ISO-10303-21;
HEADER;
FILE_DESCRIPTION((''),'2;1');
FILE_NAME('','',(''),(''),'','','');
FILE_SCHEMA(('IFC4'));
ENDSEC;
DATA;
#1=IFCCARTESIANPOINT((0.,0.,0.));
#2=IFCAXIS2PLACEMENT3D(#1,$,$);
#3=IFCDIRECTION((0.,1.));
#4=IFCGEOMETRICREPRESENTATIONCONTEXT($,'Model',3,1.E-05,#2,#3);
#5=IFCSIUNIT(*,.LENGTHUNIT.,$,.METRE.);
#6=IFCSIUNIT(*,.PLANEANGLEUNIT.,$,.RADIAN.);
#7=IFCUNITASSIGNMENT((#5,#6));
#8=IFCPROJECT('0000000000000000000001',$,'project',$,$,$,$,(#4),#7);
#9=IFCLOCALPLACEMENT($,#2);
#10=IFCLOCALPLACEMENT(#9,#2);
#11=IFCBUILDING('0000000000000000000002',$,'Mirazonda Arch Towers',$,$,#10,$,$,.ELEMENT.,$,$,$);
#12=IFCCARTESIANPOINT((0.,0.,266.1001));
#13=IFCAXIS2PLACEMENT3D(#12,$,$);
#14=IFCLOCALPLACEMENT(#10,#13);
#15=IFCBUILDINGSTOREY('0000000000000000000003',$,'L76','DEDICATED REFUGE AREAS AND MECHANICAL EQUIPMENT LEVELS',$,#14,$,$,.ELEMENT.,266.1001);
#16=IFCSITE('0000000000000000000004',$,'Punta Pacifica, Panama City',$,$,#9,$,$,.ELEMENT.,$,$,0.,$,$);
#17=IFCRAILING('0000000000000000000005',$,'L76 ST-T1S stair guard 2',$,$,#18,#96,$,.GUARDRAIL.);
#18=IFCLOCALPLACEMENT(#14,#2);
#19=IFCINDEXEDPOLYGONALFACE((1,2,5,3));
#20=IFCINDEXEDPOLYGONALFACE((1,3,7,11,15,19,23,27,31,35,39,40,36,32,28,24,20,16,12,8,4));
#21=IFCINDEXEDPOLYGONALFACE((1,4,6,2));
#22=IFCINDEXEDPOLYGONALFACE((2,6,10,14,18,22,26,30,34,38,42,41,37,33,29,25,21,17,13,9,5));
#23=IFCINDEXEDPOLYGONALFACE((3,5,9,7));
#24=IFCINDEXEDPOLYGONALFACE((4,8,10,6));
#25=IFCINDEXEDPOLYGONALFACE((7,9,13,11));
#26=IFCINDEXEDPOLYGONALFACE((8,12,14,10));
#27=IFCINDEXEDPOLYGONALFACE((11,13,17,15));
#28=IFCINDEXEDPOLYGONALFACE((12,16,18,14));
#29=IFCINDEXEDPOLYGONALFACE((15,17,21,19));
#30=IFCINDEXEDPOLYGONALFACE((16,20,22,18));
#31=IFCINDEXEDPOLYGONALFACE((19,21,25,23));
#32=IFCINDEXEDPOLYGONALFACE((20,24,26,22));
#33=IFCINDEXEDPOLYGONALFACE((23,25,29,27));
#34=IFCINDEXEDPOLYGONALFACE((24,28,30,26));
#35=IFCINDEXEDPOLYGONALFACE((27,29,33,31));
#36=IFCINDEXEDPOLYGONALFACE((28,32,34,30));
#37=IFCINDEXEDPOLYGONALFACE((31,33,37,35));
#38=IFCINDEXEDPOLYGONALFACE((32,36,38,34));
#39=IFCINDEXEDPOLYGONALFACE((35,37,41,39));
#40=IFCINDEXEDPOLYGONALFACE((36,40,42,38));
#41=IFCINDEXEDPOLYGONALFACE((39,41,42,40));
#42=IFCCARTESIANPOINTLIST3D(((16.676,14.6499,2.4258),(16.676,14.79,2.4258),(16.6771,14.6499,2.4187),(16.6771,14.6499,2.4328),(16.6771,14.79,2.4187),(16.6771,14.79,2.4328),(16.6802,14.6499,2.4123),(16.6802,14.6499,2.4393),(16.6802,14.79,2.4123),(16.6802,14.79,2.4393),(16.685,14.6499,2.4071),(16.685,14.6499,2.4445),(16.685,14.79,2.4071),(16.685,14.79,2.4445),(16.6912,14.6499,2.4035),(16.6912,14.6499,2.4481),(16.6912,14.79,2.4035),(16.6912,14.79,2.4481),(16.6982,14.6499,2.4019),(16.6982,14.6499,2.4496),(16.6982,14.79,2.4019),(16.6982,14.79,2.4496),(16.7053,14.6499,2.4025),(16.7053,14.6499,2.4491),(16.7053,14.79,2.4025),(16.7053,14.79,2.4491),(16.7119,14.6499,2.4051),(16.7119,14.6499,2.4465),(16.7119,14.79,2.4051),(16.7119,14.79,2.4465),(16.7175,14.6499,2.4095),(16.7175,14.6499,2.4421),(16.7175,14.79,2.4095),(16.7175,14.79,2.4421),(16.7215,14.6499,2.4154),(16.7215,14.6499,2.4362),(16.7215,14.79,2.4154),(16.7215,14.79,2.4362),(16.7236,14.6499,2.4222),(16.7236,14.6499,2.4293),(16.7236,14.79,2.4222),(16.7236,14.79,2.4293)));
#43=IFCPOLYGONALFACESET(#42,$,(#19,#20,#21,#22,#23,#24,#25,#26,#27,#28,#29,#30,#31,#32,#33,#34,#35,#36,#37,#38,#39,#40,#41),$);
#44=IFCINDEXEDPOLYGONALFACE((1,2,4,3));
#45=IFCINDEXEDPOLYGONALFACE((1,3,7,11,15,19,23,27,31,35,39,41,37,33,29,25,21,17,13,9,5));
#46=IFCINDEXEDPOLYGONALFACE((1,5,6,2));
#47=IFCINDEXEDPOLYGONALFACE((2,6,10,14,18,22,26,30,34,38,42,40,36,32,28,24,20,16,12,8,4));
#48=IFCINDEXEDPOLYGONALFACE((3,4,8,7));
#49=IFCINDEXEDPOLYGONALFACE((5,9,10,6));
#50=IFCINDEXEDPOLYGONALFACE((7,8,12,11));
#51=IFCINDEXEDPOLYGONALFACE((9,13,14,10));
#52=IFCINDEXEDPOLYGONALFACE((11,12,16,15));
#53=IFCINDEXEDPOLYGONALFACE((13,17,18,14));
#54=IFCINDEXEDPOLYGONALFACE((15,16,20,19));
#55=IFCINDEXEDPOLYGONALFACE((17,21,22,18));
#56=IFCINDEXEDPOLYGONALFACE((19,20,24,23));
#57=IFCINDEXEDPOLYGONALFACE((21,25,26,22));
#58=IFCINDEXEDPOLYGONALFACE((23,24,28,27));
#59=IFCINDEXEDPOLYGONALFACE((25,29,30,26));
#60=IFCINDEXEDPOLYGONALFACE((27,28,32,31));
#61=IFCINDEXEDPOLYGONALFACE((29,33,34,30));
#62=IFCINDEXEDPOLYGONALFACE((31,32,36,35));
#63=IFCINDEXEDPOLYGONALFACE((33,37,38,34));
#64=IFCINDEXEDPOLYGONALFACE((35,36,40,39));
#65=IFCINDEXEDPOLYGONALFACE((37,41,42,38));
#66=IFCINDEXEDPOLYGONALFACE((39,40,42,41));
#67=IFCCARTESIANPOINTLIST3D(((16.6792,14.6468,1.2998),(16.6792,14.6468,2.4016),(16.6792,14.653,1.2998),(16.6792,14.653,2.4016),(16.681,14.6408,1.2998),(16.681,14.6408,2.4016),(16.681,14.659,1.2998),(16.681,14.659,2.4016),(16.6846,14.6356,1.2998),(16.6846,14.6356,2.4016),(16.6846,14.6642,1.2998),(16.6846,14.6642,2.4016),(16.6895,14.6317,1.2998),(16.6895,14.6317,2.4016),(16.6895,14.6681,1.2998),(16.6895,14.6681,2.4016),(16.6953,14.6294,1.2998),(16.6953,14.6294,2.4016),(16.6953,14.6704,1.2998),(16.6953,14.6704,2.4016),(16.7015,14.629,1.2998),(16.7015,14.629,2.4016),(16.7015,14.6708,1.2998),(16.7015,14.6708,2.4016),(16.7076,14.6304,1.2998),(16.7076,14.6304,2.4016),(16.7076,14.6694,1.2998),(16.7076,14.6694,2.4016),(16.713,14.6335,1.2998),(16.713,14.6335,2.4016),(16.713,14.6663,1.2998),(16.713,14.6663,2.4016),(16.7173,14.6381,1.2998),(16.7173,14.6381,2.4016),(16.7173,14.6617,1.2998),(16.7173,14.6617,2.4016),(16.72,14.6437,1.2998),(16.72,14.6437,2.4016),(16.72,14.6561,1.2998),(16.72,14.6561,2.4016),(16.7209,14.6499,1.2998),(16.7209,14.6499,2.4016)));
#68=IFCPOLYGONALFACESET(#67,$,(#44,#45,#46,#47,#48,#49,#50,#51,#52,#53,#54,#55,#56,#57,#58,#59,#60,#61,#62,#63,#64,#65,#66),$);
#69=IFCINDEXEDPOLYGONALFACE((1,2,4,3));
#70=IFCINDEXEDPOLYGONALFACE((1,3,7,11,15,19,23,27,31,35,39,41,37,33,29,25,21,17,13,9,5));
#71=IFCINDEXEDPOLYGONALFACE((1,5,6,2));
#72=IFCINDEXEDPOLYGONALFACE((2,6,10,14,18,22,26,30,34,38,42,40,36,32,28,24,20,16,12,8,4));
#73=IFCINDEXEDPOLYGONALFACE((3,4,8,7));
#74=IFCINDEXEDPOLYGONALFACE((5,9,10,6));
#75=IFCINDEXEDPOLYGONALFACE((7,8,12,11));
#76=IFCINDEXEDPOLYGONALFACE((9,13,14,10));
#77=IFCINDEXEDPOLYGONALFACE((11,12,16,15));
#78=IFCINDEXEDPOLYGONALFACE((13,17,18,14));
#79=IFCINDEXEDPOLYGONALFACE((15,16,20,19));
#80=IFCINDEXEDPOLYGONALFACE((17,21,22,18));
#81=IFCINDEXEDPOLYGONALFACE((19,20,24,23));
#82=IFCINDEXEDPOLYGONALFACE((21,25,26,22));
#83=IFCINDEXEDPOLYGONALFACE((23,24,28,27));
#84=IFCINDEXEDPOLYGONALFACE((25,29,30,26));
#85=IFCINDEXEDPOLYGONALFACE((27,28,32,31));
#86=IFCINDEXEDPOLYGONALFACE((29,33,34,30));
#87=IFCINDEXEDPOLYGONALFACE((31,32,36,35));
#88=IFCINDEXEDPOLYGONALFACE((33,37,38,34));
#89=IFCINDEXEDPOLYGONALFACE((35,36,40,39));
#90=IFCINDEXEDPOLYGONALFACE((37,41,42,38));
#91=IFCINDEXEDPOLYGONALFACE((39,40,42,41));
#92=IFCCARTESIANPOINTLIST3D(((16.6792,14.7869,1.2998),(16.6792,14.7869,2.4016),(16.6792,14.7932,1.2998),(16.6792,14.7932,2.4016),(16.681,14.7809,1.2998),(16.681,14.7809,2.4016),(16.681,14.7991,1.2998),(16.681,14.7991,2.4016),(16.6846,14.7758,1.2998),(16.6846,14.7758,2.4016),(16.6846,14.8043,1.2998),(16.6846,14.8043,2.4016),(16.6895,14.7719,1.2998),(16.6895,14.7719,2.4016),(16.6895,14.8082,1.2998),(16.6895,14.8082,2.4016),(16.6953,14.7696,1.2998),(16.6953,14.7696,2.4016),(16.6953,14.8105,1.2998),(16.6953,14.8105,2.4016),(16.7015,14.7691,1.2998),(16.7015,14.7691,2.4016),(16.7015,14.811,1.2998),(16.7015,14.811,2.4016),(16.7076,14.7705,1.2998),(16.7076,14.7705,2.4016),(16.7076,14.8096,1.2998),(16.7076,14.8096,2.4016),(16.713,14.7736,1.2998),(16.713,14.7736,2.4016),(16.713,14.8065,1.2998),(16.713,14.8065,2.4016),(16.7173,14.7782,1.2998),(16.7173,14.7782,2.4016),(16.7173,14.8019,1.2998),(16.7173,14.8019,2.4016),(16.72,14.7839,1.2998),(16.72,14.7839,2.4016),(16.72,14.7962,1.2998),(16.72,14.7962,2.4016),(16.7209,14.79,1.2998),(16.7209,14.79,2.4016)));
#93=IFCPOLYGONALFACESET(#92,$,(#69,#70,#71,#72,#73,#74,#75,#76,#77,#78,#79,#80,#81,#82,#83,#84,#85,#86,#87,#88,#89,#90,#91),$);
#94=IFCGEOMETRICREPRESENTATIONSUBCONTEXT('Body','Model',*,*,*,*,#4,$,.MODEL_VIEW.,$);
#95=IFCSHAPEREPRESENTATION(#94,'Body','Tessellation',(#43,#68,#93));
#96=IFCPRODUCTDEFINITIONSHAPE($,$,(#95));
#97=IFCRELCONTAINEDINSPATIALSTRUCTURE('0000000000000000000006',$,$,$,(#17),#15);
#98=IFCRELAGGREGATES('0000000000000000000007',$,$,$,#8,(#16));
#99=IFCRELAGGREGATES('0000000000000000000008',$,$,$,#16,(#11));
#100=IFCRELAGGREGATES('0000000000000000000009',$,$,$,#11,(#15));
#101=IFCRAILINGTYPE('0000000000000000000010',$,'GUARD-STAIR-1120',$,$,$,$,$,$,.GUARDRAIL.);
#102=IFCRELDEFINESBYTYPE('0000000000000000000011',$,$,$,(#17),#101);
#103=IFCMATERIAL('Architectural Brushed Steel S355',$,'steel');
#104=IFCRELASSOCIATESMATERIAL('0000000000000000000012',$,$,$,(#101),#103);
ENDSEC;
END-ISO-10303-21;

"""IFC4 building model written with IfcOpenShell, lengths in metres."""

from ifc_helpers import new_model, si_unit, direction, frame, origin, origin_2d, place, context, subcontext, project, spatial, circle, extrude, material, type_object, element, save


model = new_model("IFC4")

# Units and contexts
model_context = context("Model", 3, precision=1e-05, world=origin(), true_north=direction((0.0, 1.0)))
body_context = subcontext(model_context, "Body", "Model", "MODEL_VIEW")
ifc_project = project(units=[si_unit("LENGTHUNIT", "METRE"), si_unit("PLANEANGLEUNIT", "RADIAN")], contexts=[model_context])

# Site, building, storey
site_placement = place(None, origin())
site = spatial("IfcSite", under=ifc_project, at=site_placement, Name="Punta Pacifica, Panama City", CompositionType="ELEMENT", RefElevation=0.0)
building_placement = place(site_placement, origin())
building = spatial("IfcBuilding", under=site, at=building_placement, Name="Mirazonda Arch Towers", CompositionType="ELEMENT")
storey_placement = place(building_placement, frame((0.0, 0.0, 266.1001)))
storey = spatial("IfcBuildingStorey", under=building, at=storey_placement, Name="L76", Description="DEDICATED REFUGE AREAS AND MECHANICAL EQUIPMENT LEVELS", CompositionType="ELEMENT", Elevation=266.1001)

# Shared definitions
ifc_material_1 = material(Name="Architectural Brushed Steel S355", Category="steel")

# Railing
railing_type_1 = type_object("IfcRailingType", Name="GUARD-STAIR-1120", PredefinedType="GUARDRAIL", material=ifc_material_1)
railing_1_placement = place(storey_placement, frame((16.7, 14.6499, 1.2998)))
element("IfcRailing", 1, at=railing_1_placement, inside=storey, type_object=railing_type_1, Name="L76 ST-T1S stair guard 2", PredefinedType="GUARDRAIL", context=body_context, shape_type="SweptSolid", body=[
    extrude(circle(Radius=0.0239, at=origin_2d()), frame((0.0, 0.0, 1.126), z_axis=(0.0, 1.0, 0.0), x_axis=(-1.0, 0.0, 0.0)), (0.0, 0.0, 1.0), 0.1401),
    extrude(circle(Radius=0.021, at=origin_2d()), origin(), (0.0, 0.0, 1.0), 1.1018),
    extrude(circle(Radius=0.021, at=origin_2d()), frame((0.0, 0.1401, 0.0)), (0.0, 0.0, 1.0), 1.1018),
])

save(model, "model.ifc")
